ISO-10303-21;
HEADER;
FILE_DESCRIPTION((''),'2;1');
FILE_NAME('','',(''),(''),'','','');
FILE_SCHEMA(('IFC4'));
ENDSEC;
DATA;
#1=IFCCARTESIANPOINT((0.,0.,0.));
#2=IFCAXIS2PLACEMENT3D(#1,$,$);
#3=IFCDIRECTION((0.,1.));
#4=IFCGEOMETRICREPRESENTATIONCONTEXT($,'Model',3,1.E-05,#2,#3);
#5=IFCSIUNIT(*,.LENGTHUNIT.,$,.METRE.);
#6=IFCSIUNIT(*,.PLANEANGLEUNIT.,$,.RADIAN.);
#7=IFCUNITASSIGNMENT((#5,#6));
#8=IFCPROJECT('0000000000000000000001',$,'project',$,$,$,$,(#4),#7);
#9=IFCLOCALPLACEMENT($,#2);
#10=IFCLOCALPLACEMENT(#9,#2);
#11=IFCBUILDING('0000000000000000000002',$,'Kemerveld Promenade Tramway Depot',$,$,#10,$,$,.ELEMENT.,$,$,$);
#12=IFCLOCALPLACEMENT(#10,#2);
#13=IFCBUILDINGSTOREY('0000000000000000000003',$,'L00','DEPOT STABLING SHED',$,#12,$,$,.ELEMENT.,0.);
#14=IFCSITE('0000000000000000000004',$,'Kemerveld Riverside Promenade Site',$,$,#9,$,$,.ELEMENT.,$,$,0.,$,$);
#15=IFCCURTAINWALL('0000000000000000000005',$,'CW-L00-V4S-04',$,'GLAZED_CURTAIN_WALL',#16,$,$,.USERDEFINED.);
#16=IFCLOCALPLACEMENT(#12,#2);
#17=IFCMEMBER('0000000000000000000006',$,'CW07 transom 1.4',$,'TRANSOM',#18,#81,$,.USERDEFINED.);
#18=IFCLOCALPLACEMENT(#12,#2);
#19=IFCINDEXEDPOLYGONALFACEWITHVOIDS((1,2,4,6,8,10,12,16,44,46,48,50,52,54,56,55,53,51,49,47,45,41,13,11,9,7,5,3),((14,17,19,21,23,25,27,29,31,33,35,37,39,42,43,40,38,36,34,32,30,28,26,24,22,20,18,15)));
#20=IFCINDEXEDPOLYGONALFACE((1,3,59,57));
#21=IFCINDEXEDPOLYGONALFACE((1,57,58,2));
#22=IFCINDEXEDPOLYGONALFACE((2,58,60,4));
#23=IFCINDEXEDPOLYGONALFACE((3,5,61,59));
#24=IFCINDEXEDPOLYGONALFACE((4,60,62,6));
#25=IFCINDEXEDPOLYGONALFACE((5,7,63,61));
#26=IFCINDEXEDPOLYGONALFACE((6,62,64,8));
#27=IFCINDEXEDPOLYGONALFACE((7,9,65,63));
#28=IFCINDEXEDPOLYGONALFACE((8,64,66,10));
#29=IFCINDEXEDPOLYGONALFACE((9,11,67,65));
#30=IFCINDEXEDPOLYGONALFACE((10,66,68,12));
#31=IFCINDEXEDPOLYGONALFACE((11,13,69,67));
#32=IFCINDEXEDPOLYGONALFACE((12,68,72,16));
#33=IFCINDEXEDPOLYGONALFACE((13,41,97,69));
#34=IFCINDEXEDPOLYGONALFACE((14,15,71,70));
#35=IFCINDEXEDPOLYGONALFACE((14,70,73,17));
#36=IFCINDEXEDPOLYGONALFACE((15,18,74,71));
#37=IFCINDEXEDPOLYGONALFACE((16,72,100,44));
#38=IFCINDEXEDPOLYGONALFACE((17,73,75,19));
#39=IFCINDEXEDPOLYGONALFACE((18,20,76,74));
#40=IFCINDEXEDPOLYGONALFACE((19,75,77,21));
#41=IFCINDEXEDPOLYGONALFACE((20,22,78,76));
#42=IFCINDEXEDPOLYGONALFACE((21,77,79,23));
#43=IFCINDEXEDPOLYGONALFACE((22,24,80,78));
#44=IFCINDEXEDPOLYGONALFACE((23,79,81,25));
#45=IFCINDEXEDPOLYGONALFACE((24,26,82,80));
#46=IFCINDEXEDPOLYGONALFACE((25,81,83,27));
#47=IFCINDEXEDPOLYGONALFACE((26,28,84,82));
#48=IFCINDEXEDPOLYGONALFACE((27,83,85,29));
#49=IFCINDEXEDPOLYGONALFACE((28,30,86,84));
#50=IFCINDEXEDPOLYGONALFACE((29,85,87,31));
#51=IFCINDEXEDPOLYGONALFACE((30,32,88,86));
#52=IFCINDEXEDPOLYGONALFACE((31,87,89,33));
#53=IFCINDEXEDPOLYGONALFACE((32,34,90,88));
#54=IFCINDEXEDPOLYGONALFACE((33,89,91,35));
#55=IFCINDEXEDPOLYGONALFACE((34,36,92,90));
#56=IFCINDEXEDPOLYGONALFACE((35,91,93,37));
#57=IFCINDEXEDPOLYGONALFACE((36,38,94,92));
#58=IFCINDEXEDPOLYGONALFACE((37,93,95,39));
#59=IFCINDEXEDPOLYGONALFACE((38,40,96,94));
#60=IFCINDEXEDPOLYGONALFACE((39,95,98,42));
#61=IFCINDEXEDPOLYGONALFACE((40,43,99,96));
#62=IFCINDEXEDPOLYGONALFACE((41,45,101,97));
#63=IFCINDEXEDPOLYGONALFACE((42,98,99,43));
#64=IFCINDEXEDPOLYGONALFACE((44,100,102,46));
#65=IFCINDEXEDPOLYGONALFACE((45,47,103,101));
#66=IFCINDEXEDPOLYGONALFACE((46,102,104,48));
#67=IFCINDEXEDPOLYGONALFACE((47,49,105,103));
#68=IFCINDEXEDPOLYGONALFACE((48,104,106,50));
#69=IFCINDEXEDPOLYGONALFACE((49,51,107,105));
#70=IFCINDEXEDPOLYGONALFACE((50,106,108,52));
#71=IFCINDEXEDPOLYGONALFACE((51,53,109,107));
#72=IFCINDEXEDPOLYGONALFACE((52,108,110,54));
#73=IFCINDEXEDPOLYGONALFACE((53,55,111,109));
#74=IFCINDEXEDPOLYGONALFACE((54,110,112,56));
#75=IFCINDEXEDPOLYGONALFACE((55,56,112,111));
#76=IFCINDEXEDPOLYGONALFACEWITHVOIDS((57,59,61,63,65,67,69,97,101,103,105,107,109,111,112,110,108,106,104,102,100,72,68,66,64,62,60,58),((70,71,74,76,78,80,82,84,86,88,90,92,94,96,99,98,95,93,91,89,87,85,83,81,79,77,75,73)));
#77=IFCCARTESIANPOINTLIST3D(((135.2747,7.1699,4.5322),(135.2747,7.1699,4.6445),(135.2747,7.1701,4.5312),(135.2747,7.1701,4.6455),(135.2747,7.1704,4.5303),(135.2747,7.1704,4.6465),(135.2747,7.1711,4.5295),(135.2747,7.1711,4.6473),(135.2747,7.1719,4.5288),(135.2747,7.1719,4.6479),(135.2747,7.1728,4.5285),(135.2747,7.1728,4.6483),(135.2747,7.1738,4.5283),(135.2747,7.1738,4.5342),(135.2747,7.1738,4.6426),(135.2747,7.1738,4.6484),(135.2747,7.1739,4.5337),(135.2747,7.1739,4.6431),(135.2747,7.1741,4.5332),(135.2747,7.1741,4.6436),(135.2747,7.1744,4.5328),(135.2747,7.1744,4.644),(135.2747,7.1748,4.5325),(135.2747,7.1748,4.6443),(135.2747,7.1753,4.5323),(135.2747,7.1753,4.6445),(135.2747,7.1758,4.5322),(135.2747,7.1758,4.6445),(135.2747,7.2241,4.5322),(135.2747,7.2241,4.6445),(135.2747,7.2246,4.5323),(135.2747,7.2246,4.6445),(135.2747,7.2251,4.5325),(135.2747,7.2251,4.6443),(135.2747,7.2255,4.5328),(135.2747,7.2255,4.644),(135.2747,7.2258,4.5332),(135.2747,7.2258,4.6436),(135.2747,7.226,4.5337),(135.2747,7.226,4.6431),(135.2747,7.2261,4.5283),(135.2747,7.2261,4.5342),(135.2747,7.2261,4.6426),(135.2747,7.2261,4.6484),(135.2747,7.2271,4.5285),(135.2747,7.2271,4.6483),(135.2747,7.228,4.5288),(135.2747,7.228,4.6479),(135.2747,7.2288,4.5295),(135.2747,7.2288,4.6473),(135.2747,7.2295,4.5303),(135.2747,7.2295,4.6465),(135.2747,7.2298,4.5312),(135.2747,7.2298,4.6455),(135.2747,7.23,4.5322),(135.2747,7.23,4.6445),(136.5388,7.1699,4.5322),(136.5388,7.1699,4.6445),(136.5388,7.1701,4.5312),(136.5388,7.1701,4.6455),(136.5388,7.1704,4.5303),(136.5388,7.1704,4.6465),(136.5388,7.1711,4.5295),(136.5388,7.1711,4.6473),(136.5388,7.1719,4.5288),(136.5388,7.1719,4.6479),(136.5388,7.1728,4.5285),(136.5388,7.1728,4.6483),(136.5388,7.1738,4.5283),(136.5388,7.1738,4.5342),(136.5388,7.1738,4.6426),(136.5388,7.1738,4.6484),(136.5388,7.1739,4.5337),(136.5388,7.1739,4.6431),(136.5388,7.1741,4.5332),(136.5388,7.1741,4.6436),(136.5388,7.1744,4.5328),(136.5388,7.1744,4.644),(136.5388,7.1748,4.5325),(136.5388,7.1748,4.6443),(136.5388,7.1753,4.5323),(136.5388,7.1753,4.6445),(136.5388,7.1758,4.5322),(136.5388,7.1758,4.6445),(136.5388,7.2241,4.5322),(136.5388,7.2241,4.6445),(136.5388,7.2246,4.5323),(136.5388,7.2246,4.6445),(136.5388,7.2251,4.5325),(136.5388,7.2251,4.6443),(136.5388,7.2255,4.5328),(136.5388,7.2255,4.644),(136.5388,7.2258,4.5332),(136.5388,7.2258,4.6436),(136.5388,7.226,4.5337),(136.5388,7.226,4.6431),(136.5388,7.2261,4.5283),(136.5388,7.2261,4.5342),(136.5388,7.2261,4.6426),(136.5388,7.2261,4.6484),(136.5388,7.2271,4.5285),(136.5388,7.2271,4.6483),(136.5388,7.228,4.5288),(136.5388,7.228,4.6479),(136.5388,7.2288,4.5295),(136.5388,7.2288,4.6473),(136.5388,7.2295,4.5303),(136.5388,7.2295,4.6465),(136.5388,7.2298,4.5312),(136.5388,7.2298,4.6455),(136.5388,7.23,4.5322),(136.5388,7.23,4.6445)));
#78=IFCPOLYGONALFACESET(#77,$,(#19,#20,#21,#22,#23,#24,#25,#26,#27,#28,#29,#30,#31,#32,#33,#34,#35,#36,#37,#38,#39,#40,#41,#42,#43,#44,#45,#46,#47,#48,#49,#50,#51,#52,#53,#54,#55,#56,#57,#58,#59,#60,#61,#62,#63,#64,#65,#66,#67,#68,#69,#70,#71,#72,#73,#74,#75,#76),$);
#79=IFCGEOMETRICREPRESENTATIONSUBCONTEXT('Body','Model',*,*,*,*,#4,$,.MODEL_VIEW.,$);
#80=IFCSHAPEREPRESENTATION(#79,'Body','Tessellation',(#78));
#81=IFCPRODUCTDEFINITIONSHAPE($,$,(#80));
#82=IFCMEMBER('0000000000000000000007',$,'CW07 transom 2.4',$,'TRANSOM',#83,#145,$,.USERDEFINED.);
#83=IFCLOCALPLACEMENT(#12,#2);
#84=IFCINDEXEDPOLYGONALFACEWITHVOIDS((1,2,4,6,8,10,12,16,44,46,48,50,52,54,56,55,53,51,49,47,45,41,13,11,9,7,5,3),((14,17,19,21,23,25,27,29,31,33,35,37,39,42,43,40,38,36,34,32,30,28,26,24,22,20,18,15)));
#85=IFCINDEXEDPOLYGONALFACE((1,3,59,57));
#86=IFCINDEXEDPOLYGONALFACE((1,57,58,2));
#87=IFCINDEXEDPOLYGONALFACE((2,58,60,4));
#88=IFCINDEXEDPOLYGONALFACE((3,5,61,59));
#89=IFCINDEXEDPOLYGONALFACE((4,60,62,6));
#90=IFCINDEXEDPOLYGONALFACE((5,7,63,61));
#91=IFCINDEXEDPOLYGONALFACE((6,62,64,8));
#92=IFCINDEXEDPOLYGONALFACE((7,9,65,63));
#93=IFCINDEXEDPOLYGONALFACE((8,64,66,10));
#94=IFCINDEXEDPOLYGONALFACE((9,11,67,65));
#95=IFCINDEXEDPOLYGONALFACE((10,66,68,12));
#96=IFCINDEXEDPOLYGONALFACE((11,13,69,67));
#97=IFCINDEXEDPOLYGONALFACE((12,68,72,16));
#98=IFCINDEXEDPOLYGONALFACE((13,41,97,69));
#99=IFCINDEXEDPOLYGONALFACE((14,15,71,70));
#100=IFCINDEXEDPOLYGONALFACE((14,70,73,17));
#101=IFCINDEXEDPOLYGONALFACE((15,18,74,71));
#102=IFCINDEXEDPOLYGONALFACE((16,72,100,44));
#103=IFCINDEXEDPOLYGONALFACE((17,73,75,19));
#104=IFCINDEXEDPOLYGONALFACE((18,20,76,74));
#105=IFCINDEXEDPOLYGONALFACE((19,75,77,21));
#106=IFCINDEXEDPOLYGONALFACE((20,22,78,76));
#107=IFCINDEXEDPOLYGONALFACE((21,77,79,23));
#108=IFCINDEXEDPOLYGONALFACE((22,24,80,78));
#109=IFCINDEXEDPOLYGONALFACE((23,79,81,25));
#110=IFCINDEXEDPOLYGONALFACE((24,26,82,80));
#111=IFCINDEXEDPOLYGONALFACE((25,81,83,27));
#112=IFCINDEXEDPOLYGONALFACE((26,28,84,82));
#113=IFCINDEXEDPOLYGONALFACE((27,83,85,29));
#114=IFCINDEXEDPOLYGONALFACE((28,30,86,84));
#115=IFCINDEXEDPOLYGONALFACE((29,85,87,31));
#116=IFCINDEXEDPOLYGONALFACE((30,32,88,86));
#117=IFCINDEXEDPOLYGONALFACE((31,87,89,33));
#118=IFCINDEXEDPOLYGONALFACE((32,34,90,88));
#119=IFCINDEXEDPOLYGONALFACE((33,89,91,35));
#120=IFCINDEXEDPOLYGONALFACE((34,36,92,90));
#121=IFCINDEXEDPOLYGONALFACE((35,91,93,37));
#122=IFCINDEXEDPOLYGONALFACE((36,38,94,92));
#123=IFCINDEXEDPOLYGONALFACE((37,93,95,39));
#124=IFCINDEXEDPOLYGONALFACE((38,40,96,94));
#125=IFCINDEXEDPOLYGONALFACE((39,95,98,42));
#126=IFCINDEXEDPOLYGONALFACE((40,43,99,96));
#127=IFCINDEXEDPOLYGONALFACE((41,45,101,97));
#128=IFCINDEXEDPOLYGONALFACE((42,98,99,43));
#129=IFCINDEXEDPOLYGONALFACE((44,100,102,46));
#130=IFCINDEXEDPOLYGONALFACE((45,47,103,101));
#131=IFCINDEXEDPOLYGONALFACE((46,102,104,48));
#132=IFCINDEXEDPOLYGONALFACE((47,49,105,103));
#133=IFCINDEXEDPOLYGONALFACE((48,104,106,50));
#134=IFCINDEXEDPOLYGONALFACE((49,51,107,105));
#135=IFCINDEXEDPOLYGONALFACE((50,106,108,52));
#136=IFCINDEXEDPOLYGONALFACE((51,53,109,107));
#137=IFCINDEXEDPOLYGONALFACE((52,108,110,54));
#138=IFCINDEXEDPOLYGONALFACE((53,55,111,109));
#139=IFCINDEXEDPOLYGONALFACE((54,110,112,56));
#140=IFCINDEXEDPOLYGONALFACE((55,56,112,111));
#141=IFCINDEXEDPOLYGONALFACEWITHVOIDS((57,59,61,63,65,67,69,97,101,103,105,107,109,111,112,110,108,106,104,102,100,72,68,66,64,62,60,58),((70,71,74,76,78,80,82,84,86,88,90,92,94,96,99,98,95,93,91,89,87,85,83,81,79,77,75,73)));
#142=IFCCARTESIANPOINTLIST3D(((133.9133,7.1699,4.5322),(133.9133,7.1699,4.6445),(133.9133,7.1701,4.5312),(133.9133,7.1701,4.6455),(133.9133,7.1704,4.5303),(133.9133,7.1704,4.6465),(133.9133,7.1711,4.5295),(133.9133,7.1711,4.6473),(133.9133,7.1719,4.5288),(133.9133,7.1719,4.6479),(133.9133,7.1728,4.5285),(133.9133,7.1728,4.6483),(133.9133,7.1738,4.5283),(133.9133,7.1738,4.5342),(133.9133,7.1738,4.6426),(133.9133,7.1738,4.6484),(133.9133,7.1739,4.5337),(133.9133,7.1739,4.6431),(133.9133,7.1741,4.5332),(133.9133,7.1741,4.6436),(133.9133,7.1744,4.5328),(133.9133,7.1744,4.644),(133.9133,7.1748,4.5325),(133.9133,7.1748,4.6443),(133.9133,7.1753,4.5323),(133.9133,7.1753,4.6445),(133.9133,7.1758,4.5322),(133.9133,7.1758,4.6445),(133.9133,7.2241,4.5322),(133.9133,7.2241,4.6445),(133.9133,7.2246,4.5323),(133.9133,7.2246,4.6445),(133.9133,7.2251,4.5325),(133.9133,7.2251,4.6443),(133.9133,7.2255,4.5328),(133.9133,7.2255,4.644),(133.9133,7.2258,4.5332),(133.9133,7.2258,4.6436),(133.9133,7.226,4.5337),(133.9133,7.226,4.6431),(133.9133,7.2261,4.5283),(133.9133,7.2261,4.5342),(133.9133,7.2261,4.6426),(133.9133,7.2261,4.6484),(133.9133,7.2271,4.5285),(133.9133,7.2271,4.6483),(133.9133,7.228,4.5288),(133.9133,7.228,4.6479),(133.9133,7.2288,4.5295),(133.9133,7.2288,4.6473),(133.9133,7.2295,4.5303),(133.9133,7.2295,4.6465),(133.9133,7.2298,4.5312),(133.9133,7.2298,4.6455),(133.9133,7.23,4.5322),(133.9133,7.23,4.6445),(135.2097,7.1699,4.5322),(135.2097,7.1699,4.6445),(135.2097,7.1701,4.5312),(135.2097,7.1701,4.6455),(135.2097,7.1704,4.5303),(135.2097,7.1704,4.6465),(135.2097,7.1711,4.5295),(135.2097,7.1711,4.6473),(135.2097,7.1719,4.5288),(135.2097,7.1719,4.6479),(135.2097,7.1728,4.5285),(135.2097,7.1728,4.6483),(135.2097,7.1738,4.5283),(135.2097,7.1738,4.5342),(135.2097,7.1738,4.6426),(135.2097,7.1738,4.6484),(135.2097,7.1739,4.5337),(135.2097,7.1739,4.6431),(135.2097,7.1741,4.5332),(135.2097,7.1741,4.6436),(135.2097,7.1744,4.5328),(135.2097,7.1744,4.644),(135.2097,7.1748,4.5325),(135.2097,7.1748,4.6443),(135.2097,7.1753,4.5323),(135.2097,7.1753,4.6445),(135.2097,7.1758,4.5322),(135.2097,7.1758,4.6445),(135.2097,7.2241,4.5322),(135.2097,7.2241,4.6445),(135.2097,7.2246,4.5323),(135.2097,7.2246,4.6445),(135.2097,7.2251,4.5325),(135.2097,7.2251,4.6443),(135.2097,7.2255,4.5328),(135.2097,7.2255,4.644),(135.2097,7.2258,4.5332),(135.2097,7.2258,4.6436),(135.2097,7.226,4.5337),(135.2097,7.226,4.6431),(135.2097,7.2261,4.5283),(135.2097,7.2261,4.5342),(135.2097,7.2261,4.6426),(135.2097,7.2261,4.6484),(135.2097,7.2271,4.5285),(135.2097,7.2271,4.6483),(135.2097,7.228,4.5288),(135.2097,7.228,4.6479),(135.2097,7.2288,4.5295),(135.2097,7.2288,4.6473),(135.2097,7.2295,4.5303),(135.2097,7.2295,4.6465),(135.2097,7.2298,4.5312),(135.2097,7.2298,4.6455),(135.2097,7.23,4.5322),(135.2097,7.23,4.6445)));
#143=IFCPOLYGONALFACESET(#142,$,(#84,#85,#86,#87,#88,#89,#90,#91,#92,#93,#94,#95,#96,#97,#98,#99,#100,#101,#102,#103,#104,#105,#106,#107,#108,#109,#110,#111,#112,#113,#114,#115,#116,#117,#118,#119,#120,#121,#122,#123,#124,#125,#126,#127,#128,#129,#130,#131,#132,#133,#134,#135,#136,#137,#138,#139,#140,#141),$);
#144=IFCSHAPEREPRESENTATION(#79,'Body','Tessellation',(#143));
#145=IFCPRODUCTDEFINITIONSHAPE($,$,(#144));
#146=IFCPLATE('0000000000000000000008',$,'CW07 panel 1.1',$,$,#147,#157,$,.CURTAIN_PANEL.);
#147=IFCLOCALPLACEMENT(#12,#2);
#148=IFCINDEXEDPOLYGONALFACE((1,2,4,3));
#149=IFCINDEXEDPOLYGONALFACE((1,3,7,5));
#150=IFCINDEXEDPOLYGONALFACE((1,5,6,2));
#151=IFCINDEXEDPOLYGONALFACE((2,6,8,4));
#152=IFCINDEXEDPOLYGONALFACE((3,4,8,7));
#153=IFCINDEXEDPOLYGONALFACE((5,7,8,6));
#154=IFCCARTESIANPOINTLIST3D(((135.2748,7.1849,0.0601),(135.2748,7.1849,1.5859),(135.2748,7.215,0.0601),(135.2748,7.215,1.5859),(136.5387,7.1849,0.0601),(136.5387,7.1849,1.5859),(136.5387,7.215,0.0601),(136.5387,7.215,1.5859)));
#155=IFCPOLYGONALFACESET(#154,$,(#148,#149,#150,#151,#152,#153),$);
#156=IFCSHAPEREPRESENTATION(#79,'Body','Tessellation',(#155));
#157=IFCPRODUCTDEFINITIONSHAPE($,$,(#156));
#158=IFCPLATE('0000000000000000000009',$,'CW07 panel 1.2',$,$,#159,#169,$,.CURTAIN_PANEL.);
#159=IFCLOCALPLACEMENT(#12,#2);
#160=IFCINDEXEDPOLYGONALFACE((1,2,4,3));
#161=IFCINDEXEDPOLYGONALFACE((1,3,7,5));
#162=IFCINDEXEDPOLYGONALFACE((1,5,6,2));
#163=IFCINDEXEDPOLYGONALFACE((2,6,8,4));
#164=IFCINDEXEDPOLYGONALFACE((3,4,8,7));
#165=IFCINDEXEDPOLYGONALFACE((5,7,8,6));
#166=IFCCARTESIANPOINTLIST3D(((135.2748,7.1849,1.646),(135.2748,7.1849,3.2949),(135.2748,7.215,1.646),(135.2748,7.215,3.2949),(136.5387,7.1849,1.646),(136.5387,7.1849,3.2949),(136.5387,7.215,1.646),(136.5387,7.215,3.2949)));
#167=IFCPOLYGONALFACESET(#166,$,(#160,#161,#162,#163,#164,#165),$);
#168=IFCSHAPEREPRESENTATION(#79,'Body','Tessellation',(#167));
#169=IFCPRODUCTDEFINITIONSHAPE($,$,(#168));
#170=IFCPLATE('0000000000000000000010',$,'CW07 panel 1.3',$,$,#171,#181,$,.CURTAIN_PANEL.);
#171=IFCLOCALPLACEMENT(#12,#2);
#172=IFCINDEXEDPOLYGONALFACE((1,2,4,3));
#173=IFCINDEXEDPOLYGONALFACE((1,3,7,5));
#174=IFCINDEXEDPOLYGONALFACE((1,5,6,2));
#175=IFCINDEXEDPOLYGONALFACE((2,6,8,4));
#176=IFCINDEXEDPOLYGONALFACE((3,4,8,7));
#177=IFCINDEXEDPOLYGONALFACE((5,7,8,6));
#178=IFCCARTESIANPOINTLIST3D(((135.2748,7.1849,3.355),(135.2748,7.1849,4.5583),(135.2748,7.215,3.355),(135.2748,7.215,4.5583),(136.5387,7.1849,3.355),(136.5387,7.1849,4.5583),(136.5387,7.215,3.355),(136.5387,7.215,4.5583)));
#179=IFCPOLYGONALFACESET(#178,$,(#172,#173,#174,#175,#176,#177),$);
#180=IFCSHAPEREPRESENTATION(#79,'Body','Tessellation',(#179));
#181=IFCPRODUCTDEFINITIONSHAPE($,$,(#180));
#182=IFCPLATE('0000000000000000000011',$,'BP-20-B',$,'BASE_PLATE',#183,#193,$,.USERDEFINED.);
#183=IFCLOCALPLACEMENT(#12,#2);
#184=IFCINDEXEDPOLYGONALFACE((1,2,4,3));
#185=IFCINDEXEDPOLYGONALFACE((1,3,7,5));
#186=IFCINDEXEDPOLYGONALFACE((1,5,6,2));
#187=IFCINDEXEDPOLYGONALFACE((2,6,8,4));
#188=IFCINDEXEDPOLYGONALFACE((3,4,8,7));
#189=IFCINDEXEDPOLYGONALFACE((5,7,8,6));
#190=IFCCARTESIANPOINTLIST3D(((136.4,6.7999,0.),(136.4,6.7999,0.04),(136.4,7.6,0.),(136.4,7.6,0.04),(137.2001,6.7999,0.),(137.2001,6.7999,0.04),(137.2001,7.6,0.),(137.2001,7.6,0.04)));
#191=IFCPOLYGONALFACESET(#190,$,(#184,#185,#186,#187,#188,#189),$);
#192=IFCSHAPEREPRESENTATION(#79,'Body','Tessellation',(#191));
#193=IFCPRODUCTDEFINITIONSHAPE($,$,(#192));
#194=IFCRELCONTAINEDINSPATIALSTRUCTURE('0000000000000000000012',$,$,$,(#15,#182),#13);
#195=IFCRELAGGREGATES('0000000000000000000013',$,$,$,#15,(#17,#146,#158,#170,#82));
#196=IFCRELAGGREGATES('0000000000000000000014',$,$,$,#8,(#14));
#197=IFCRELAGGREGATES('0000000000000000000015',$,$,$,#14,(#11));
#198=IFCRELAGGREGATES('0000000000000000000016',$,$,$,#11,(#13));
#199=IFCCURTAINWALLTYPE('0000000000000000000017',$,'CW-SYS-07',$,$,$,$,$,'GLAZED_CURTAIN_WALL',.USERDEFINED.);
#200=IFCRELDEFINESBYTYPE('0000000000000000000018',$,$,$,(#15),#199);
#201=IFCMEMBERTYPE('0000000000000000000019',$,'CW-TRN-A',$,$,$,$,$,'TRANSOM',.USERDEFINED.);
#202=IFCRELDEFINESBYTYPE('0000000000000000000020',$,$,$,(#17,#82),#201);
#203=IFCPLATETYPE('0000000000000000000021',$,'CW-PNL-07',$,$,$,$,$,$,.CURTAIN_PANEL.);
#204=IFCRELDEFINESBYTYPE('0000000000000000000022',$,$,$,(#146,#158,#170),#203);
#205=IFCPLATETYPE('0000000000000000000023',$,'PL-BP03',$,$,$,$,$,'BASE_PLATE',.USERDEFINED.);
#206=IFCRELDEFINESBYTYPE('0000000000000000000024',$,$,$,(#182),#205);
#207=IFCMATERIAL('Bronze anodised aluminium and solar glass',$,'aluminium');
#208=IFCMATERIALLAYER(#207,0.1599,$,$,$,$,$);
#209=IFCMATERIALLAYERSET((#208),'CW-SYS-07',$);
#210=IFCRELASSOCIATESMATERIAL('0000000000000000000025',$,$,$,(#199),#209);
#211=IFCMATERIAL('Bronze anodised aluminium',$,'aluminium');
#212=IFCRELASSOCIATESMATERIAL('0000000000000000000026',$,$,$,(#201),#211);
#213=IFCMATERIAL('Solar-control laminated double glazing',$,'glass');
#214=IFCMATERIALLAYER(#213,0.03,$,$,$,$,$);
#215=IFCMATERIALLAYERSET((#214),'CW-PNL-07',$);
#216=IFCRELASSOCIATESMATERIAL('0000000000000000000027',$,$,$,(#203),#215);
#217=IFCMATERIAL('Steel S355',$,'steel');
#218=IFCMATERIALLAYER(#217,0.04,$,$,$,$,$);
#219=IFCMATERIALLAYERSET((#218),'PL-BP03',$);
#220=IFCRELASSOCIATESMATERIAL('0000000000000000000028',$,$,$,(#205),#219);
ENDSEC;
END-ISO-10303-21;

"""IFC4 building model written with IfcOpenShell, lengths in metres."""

from ifc_helpers import new_model, si_unit, direction, frame, origin, origin_2d, place, context, subcontext, project, spatial, rectangle, hollow_rectangle, extrude, material, layer, layer_set, material_profile, profile_set, type_object, element, aggregate, save


model = new_model("IFC4")

# Units and contexts
model_context = context("Model", 3, precision=1e-05, world=origin(), true_north=direction((0.0, 1.0)))
body_context = subcontext(model_context, "Body", "Model", "MODEL_VIEW")
ifc_project = project(units=[si_unit("LENGTHUNIT", "METRE"), si_unit("PLANEANGLEUNIT", "RADIAN")], contexts=[model_context])

# Site, building, storey
site_placement = place(None, origin())
site = spatial("IfcSite", under=ifc_project, at=site_placement, Name="Kemerveld Riverside Promenade Site", CompositionType="ELEMENT", RefElevation=0.0)
building_placement = place(site_placement, origin())
building = spatial("IfcBuilding", under=site, at=building_placement, Name="Kemerveld Promenade Tramway Depot", CompositionType="ELEMENT")
storey_placement = place(building_placement, origin())
storey = spatial("IfcBuildingStorey", under=building, at=storey_placement, Name="L00", Description="DEPOT STABLING SHED", CompositionType="ELEMENT", Elevation=0.0)

# Shared definitions
ifc_material_1 = material(Name="Steel S355", Category="steel")

# Curtain wall, members, plates
ifc_material_2 = material(Name="Bronze anodised aluminium and solar glass", Category="aluminium")
ifc_layer_1 = layer(ifc_material_2, 0.1599)
ifc_layer_set_1 = layer_set([ifc_layer_1], Name="CW-SYS-07")
curtain_wall_type = type_object("IfcCurtainWallType", Name="CW-SYS-07", ElementType="GLAZED_CURTAIN_WALL", PredefinedType="USERDEFINED", material=ifc_layer_set_1)
curtain_wall_placement = place(storey_placement, origin())
curtain_wall = element("IfcCurtainWall", 1, at=curtain_wall_placement, inside=storey, type_object=curtain_wall_type, Name="CW-L00-V4S-04", ObjectType="GLAZED_CURTAIN_WALL", PredefinedType="USERDEFINED")
ifc_material_3 = material(Name="Bronze anodised aluminium", Category="aluminium")
ifc_material_profile_1 = material_profile(ifc_material_3, hollow_rectangle(XDim=0.0601, YDim=0.1201, WallThickness=0.0039, InnerFilletRadius=0.002, OuterFilletRadius=0.0039, at=origin_2d()), Name="CW-TRN-120x60")
ifc_profile_set_1 = profile_set([ifc_material_profile_1], Name="Bronze anodised aluminium")
member_type_1 = type_object("IfcMemberType", Name="CW-TRN-A", ElementType="TRANSOM", PredefinedType="USERDEFINED", material=ifc_profile_set_1)
member_1_placement = place(storey_placement, frame((136.5388, 7.2, 4.5884), z_axis=(-1.0, 0.0, 0.0), x_axis=(0.0, -1.0, 0.0)))
member_1 = element("IfcMember", 2, at=member_1_placement, type_object=member_type_1, Name="CW07 transom 1.4", ObjectType="TRANSOM", PredefinedType="USERDEFINED", context=body_context, shape_type="SweptSolid", body=[
    extrude(hollow_rectangle(XDim=0.0601, YDim=0.1201, WallThickness=0.0039, InnerFilletRadius=0.002, OuterFilletRadius=0.0039, at=origin_2d()), origin(), (0.0, 0.0, 1.0), 1.2642),
])
member_2_placement = place(storey_placement, frame((135.2097, 7.2, 4.5884), z_axis=(-1.0, 0.0, 0.0), x_axis=(0.0, -1.0, 0.0)))
member_2 = element("IfcMember", 3, at=member_2_placement, type_object=member_type_1, Name="CW07 transom 2.4", ObjectType="TRANSOM", PredefinedType="USERDEFINED", context=body_context, shape_type="SweptSolid", body=[
    extrude(hollow_rectangle(XDim=0.0601, YDim=0.1201, WallThickness=0.0039, InnerFilletRadius=0.002, OuterFilletRadius=0.0039, at=origin_2d()), origin(), (0.0, 0.0, 1.0), 1.2964),
])
ifc_material_4 = material(Name="Solar-control laminated double glazing", Category="glass")
ifc_layer_2 = layer(ifc_material_4, 0.03)
ifc_layer_set_2 = layer_set([ifc_layer_2], Name="CW-PNL-07")
plate_type_1 = type_object("IfcPlateType", Name="CW-PNL-07", PredefinedType="CURTAIN_PANEL", material=ifc_layer_set_2)
plate_1_placement = place(storey_placement, frame((135.9067, 7.2, 0.0601), z_axis=(0.0, 0.0, 1.0), x_axis=(-1.0, 0.0, 0.0)))
plate_1 = element("IfcPlate", 4, at=plate_1_placement, type_object=plate_type_1, Name="CW07 panel 1.1", PredefinedType="CURTAIN_PANEL", context=body_context, shape_type="SweptSolid", body=[
    extrude(rectangle(XDim=1.2639, YDim=0.03, at=origin_2d()), origin(), (0.0, 0.0, 1.0), 1.5259),
])
plate_2_placement = place(storey_placement, frame((135.9067, 7.2, 1.646), z_axis=(0.0, 0.0, 1.0), x_axis=(-1.0, 0.0, 0.0)))
plate_2 = element("IfcPlate", 5, at=plate_2_placement, type_object=plate_type_1, Name="CW07 panel 1.2", PredefinedType="CURTAIN_PANEL", context=body_context, shape_type="SweptSolid", body=[
    extrude(rectangle(XDim=1.2639, YDim=0.03, at=origin_2d()), origin(), (0.0, 0.0, 1.0), 1.6489),
])
plate_3_placement = place(storey_placement, frame((135.9067, 7.2, 3.355), z_axis=(0.0, 0.0, 1.0), x_axis=(-1.0, 0.0, 0.0)))
plate_3 = element("IfcPlate", 6, at=plate_3_placement, type_object=plate_type_1, Name="CW07 panel 1.3", PredefinedType="CURTAIN_PANEL", context=body_context, shape_type="SweptSolid", body=[
    extrude(rectangle(XDim=1.2639, YDim=0.03, at=origin_2d()), origin(), (0.0, 0.0, 1.0), 1.2034),
])
aggregate(curtain_wall, [member_1, plate_1, plate_2, plate_3, member_2])

# Plate
ifc_layer_3 = layer(ifc_material_1, 0.04)
ifc_layer_set_3 = layer_set([ifc_layer_3], Name="PL-BP03")
plate_type_2 = type_object("IfcPlateType", Name="PL-BP03", ElementType="BASE_PLATE", PredefinedType="USERDEFINED", material=ifc_layer_set_3)
plate_4_placement = place(storey_placement, frame((136.8, 7.2, 0.0), z_axis=(0.0, 0.0, 1.0), x_axis=(1.0, 0.0, 0.0)))
element("IfcPlate", 7, at=plate_4_placement, inside=storey, type_object=plate_type_2, Name="BP-20-B", ObjectType="BASE_PLATE", PredefinedType="USERDEFINED", context=body_context, shape_type="SweptSolid", body=[
    extrude(rectangle(XDim=0.8, YDim=0.8, at=origin_2d()), origin(), (0.0, 0.0, 1.0), 0.04),
])

save(model, "model.ifc")
